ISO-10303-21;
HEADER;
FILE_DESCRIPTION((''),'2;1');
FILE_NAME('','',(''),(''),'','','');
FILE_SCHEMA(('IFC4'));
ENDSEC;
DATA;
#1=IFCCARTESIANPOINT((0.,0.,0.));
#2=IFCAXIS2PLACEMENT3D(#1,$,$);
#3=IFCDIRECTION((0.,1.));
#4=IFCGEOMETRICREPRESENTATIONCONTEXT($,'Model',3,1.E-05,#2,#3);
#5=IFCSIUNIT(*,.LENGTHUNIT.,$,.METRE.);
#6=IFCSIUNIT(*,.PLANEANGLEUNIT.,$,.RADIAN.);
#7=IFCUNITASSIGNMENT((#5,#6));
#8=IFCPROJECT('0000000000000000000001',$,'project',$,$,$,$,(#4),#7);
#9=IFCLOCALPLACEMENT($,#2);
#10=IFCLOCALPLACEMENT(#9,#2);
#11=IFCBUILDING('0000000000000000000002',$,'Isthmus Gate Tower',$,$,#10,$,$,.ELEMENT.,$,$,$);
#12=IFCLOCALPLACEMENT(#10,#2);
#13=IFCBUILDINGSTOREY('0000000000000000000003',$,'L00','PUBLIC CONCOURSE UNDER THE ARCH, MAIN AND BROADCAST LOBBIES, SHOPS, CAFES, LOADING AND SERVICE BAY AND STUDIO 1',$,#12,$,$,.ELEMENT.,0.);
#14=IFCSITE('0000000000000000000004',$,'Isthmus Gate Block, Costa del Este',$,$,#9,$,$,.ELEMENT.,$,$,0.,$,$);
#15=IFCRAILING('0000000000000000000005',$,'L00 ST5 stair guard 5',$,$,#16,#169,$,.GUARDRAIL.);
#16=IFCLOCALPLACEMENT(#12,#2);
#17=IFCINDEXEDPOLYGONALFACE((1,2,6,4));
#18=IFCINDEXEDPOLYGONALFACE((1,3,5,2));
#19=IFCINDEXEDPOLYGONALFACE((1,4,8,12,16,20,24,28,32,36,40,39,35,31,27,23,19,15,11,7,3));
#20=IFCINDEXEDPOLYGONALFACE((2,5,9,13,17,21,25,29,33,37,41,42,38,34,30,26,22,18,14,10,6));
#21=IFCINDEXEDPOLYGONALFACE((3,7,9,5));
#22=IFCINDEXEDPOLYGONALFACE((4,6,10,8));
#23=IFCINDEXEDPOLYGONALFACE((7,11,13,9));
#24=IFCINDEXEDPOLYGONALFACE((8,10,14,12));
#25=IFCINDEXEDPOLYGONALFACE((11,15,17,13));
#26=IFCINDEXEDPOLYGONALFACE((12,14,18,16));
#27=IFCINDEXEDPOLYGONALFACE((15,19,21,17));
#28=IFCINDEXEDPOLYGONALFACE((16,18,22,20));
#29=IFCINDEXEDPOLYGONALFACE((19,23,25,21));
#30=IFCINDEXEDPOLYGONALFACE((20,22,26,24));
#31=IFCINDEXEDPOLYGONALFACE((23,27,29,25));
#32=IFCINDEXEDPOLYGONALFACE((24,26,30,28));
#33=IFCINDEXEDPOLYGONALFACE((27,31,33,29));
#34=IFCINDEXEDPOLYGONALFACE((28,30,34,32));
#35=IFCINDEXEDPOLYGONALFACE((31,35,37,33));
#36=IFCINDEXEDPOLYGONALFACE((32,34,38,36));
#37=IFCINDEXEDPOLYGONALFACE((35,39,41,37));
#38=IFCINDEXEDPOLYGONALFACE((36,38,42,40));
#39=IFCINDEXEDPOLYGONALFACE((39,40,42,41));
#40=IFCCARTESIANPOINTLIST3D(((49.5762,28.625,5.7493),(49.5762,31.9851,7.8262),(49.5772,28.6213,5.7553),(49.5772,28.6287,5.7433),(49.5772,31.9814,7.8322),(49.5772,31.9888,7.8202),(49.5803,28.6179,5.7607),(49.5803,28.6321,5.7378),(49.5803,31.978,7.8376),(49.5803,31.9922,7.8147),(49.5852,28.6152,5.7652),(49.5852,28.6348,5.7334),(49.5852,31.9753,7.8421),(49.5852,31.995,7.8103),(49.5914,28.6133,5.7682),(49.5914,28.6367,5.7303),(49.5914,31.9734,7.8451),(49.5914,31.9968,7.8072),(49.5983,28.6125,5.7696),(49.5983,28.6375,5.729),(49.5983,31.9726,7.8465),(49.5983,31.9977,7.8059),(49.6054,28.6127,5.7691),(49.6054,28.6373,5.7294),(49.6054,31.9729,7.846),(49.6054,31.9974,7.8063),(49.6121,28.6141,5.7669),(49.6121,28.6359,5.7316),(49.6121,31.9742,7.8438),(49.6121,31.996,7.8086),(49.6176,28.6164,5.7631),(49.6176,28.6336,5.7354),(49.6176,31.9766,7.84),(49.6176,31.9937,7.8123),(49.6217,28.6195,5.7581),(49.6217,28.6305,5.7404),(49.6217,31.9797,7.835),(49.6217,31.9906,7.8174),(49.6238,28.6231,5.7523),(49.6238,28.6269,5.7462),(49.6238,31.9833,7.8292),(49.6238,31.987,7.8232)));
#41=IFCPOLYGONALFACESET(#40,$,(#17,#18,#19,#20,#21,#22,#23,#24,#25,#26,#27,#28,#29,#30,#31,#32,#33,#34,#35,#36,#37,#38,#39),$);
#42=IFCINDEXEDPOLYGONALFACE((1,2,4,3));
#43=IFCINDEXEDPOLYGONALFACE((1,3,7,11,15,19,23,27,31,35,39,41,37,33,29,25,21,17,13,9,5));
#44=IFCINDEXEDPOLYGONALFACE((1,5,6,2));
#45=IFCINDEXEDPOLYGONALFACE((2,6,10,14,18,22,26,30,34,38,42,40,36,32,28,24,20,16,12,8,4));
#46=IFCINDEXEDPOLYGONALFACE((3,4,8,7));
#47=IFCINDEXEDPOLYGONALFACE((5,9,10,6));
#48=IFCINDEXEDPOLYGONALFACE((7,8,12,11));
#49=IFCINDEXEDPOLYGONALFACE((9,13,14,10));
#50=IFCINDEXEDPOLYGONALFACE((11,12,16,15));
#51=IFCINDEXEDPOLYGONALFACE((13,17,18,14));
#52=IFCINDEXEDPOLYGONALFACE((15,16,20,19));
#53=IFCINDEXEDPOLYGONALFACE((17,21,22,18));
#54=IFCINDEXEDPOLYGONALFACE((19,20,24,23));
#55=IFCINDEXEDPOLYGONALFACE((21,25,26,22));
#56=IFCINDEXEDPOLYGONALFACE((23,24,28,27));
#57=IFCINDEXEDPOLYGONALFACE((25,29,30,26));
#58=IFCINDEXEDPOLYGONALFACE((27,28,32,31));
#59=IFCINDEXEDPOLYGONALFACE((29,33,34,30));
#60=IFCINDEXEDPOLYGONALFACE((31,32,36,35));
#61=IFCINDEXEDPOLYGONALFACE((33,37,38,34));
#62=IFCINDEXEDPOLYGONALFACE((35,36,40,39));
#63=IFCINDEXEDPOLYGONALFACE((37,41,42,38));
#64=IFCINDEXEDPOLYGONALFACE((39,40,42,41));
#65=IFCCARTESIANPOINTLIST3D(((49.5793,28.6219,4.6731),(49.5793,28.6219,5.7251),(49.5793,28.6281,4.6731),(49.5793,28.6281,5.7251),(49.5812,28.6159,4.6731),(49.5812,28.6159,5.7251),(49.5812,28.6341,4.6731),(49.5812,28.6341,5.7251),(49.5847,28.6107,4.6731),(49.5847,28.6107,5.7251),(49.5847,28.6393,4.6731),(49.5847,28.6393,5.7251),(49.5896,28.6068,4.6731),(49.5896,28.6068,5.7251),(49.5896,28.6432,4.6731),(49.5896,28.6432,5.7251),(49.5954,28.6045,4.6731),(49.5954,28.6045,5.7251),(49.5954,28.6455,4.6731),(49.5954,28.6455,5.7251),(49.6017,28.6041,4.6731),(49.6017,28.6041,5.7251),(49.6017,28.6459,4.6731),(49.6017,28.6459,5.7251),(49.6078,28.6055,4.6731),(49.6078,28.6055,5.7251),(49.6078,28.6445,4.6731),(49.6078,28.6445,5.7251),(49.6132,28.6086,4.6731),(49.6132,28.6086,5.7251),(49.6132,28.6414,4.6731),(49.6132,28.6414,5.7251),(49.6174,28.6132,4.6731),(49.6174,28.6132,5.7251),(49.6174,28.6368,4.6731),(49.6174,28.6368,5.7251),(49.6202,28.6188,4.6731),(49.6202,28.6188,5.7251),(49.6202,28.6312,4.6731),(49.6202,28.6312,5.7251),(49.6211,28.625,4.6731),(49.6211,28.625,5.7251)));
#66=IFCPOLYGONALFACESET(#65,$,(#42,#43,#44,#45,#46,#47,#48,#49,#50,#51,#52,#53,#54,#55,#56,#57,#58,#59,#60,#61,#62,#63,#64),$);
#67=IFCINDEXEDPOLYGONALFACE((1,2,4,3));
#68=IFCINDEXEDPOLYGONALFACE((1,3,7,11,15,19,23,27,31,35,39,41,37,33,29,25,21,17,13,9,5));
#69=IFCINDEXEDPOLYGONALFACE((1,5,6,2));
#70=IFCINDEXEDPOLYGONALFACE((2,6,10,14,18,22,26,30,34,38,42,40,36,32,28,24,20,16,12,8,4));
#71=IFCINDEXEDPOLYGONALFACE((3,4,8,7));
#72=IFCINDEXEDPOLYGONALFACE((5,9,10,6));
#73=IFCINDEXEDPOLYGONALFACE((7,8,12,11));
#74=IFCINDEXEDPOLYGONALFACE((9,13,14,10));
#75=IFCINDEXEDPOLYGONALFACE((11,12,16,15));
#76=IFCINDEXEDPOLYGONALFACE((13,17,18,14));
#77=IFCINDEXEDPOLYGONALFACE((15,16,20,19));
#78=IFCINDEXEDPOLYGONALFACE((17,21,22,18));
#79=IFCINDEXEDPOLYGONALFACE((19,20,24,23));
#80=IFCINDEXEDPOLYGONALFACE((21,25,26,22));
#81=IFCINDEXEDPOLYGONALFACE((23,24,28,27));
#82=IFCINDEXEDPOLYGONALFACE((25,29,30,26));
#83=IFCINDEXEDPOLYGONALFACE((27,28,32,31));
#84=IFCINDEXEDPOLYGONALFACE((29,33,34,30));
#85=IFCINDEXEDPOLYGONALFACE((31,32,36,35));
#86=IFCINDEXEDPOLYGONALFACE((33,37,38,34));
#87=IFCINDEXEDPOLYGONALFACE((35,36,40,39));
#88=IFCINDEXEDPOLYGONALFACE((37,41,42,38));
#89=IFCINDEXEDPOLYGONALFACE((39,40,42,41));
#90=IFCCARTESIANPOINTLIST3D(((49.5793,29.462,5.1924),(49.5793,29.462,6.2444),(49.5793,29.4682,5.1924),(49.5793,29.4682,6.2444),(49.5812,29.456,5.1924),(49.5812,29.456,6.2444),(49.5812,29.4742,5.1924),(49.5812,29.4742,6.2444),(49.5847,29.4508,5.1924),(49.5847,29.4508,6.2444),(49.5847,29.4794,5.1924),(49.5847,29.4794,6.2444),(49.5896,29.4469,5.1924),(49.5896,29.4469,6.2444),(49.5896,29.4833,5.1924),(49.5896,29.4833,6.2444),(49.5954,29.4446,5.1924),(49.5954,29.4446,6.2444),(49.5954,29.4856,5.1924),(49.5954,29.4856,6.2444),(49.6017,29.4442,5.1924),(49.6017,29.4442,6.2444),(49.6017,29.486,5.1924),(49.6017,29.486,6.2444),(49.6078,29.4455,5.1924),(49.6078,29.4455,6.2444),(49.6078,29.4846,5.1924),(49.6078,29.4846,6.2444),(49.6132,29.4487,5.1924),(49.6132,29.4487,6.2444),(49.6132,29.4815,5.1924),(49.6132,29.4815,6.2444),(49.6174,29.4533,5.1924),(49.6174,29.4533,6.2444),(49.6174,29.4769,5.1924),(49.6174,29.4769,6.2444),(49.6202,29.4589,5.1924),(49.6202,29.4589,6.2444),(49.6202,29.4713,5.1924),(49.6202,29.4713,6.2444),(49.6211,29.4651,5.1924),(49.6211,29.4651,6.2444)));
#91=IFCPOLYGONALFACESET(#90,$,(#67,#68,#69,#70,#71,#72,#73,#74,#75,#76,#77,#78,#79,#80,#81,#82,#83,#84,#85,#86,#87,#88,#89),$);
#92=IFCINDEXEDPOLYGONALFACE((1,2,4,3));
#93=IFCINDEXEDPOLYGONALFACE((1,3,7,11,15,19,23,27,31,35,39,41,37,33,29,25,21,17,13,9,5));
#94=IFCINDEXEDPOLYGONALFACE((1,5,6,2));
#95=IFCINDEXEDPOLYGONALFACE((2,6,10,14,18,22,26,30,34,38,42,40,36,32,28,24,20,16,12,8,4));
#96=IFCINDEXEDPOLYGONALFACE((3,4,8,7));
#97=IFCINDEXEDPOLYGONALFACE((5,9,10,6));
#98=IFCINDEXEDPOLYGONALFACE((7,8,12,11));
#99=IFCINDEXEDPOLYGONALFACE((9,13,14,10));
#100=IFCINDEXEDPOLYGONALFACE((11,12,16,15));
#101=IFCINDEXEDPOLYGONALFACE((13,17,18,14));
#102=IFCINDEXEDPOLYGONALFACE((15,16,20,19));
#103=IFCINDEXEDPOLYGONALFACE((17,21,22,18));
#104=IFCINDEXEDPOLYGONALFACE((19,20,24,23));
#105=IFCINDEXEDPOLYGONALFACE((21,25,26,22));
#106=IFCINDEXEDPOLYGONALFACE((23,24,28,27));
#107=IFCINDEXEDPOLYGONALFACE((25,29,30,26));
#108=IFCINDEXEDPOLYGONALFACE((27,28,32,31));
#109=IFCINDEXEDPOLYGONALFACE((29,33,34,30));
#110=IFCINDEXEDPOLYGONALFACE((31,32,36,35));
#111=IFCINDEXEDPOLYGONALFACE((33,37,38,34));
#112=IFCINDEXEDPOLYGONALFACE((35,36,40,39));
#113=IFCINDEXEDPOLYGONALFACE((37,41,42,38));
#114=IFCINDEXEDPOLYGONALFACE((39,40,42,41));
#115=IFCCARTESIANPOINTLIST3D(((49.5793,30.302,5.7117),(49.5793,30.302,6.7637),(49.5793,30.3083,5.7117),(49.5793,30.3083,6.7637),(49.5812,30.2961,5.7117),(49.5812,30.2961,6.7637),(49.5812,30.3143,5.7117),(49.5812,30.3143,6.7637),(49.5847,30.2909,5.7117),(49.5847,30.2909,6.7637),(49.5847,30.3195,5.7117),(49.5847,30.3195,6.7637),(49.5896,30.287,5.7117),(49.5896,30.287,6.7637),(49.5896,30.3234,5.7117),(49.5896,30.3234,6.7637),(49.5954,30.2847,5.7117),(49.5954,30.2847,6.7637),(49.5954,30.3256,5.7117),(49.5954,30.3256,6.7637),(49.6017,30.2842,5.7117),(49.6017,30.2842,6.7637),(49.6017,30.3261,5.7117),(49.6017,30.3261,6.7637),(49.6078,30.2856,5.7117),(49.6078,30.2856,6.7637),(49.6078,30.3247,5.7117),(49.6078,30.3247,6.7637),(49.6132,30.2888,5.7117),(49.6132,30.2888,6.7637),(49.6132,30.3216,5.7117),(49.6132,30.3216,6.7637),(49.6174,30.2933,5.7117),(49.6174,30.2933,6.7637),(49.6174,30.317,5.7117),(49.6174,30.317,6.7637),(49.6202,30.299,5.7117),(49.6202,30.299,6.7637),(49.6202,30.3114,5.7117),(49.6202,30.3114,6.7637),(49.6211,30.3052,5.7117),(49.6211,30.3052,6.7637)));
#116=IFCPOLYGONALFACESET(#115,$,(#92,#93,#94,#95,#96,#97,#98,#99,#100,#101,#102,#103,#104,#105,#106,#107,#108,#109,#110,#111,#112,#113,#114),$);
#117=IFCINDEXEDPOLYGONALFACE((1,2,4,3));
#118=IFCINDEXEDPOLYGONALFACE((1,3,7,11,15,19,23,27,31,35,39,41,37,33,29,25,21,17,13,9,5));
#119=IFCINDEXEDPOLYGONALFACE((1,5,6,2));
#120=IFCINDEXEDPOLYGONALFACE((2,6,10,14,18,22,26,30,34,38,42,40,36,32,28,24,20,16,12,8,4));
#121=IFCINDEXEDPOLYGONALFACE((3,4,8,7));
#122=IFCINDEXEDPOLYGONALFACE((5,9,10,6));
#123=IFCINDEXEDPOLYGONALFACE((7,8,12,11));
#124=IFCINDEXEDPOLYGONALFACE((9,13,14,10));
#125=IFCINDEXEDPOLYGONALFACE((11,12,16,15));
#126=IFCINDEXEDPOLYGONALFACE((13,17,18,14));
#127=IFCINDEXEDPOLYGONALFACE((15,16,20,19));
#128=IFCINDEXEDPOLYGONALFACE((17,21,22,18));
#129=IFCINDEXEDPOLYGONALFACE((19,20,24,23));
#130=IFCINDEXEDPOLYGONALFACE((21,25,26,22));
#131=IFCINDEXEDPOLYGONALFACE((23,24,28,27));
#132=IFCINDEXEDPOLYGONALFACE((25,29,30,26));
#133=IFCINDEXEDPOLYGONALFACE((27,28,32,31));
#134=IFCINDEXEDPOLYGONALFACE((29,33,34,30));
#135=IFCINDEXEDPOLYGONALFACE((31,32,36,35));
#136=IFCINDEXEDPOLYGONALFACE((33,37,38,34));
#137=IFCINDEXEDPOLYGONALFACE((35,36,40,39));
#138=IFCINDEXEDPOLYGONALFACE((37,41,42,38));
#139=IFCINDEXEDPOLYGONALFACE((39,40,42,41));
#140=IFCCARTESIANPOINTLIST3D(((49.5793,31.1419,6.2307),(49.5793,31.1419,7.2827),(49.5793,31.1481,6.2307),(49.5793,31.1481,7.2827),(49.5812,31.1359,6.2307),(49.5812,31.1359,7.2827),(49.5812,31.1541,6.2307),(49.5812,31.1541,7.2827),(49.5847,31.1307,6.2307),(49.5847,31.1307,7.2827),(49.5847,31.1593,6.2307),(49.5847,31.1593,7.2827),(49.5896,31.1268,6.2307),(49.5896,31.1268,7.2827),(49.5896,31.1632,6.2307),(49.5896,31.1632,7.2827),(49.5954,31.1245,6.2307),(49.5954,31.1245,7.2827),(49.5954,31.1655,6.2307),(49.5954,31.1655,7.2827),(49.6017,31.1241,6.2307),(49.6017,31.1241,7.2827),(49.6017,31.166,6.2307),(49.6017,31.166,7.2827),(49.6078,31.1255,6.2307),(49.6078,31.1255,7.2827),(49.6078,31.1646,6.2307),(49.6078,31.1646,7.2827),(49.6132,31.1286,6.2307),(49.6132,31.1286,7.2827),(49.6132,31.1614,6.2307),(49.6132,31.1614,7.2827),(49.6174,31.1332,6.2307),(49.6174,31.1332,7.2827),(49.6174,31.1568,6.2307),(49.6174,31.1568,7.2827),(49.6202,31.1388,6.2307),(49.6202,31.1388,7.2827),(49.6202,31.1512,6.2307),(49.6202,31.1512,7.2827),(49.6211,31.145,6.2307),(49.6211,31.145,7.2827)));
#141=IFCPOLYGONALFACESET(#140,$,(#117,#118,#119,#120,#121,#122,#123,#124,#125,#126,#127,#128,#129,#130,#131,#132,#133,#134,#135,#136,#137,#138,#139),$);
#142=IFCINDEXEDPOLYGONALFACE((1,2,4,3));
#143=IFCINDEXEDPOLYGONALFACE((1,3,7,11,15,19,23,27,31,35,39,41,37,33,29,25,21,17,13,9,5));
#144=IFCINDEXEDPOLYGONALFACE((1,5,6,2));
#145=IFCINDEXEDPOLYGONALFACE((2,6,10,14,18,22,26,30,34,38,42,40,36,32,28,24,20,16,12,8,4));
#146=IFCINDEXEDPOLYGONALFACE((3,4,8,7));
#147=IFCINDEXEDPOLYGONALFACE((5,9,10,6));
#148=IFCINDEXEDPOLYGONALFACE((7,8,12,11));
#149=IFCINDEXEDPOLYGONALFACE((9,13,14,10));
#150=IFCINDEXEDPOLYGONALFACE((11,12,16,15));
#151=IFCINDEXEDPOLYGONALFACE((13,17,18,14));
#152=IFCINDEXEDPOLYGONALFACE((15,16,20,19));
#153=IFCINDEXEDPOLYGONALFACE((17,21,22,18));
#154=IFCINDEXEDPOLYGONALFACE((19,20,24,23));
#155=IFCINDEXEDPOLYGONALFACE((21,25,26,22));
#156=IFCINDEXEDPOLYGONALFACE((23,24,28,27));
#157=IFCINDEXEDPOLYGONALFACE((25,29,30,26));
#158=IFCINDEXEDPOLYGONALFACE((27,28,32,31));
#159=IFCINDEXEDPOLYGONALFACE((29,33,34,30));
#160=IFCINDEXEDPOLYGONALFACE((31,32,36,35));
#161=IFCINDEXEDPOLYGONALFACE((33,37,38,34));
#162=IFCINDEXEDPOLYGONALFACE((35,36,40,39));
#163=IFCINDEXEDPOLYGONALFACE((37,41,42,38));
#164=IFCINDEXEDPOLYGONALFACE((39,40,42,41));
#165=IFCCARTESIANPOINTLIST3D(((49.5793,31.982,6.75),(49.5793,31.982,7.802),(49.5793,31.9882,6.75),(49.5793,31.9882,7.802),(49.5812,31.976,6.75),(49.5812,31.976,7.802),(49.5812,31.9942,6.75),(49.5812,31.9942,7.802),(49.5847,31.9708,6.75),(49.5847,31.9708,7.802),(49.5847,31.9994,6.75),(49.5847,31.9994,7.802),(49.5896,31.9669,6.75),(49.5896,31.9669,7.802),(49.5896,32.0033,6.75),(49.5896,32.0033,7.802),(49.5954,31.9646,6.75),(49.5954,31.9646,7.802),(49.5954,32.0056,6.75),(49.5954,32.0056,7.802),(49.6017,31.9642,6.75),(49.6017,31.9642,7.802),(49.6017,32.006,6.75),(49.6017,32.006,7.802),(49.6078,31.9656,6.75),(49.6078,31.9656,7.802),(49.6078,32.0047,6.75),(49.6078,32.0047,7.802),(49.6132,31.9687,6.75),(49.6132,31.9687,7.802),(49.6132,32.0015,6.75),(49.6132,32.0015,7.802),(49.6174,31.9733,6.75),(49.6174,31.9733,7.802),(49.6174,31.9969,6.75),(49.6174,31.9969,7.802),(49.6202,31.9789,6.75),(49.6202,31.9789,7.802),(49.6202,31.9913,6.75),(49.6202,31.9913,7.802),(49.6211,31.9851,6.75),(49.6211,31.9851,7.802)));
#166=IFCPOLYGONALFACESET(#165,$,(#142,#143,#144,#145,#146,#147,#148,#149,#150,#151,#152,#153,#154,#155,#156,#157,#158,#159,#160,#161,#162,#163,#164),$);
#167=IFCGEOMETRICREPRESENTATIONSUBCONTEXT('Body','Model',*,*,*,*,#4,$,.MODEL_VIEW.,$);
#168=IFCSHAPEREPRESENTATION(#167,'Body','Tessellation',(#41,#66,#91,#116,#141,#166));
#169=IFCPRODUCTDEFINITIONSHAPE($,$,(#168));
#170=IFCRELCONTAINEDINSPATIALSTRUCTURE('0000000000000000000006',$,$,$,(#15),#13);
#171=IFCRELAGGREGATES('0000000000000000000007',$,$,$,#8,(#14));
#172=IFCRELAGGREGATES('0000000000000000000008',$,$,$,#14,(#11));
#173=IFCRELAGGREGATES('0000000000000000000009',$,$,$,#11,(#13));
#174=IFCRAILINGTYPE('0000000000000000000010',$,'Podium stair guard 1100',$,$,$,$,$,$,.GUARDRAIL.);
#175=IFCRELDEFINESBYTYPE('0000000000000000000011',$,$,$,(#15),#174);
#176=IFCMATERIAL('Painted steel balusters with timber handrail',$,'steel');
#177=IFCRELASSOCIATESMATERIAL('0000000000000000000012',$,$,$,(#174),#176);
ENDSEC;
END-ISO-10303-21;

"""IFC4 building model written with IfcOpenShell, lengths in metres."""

from ifc_helpers import new_model, si_unit, direction, frame, origin, origin_2d, place, context, subcontext, project, spatial, circle, extrude, material, type_object, element, save


model = new_model("IFC4")

# Units and contexts
model_context = context("Model", 3, precision=1e-05, world=origin(), true_north=direction((0.0, 1.0)))
body_context = subcontext(model_context, "Body", "Model", "MODEL_VIEW")
ifc_project = project(units=[si_unit("LENGTHUNIT", "METRE"), si_unit("PLANEANGLEUNIT", "RADIAN")], contexts=[model_context])

# Site, building, storey
site_placement = place(None, origin())
site = spatial("IfcSite", under=ifc_project, at=site_placement, Name="Isthmus Gate Block, Costa del Este", CompositionType="ELEMENT", RefElevation=0.0)
building_placement = place(site_placement, origin())
building = spatial("IfcBuilding", under=site, at=building_placement, Name="Isthmus Gate Tower", CompositionType="ELEMENT")
storey_placement = place(building_placement, origin())
storey = spatial("IfcBuildingStorey", under=building, at=storey_placement, Name="L00", Description="PUBLIC CONCOURSE UNDER THE ARCH, MAIN AND BROADCAST LOBBIES, SHOPS, CAFES, LOADING AND SERVICE BAY AND STUDIO 1", CompositionType="ELEMENT", Elevation=0.0)

# Railing
ifc_material_1 = material(Name="Painted steel balusters with timber handrail", Category="steel")
railing_type_1 = type_object("IfcRailingType", Name="Podium stair guard 1100", PredefinedType="GUARDRAIL", material=ifc_material_1)
railing_1_placement = place(storey_placement, frame((49.6001, 28.625, 4.6731)))
element("IfcRailing", 1, at=railing_1_placement, inside=storey, type_object=railing_type_1, Name="L00 ST5 stair guard 5", PredefinedType="GUARDRAIL", context=body_context, shape_type="SweptSolid", body=[
    extrude(circle(Radius=0.0239, at=origin_2d()), frame((0.0, 0.0, 1.0762), z_axis=(0.0, 0.850623, 0.525776), x_axis=(-1.0, 0.0, 0.0)), (0.0, 0.0, 1.0), 3.9502),
    extrude(circle(Radius=0.021, at=origin_2d()), origin(), (0.0, 0.0, 1.0), 1.052),
    extrude(circle(Radius=0.021, at=origin_2d()), frame((0.0, 0.8401, 0.5193)), (0.0, 0.0, 1.0), 1.052),
    extrude(circle(Radius=0.021, at=origin_2d()), frame((0.0, 1.6802, 1.0386)), (0.0, 0.0, 1.0), 1.052),
    extrude(circle(Radius=0.021, at=origin_2d()), frame((0.0, 2.52, 1.5576)), (0.0, 0.0, 1.0), 1.052),
    extrude(circle(Radius=0.021, at=origin_2d()), frame((0.0, 3.3601, 2.0769)), (0.0, 0.0, 1.0), 1.052),
])

save(model, "model.ifc")
